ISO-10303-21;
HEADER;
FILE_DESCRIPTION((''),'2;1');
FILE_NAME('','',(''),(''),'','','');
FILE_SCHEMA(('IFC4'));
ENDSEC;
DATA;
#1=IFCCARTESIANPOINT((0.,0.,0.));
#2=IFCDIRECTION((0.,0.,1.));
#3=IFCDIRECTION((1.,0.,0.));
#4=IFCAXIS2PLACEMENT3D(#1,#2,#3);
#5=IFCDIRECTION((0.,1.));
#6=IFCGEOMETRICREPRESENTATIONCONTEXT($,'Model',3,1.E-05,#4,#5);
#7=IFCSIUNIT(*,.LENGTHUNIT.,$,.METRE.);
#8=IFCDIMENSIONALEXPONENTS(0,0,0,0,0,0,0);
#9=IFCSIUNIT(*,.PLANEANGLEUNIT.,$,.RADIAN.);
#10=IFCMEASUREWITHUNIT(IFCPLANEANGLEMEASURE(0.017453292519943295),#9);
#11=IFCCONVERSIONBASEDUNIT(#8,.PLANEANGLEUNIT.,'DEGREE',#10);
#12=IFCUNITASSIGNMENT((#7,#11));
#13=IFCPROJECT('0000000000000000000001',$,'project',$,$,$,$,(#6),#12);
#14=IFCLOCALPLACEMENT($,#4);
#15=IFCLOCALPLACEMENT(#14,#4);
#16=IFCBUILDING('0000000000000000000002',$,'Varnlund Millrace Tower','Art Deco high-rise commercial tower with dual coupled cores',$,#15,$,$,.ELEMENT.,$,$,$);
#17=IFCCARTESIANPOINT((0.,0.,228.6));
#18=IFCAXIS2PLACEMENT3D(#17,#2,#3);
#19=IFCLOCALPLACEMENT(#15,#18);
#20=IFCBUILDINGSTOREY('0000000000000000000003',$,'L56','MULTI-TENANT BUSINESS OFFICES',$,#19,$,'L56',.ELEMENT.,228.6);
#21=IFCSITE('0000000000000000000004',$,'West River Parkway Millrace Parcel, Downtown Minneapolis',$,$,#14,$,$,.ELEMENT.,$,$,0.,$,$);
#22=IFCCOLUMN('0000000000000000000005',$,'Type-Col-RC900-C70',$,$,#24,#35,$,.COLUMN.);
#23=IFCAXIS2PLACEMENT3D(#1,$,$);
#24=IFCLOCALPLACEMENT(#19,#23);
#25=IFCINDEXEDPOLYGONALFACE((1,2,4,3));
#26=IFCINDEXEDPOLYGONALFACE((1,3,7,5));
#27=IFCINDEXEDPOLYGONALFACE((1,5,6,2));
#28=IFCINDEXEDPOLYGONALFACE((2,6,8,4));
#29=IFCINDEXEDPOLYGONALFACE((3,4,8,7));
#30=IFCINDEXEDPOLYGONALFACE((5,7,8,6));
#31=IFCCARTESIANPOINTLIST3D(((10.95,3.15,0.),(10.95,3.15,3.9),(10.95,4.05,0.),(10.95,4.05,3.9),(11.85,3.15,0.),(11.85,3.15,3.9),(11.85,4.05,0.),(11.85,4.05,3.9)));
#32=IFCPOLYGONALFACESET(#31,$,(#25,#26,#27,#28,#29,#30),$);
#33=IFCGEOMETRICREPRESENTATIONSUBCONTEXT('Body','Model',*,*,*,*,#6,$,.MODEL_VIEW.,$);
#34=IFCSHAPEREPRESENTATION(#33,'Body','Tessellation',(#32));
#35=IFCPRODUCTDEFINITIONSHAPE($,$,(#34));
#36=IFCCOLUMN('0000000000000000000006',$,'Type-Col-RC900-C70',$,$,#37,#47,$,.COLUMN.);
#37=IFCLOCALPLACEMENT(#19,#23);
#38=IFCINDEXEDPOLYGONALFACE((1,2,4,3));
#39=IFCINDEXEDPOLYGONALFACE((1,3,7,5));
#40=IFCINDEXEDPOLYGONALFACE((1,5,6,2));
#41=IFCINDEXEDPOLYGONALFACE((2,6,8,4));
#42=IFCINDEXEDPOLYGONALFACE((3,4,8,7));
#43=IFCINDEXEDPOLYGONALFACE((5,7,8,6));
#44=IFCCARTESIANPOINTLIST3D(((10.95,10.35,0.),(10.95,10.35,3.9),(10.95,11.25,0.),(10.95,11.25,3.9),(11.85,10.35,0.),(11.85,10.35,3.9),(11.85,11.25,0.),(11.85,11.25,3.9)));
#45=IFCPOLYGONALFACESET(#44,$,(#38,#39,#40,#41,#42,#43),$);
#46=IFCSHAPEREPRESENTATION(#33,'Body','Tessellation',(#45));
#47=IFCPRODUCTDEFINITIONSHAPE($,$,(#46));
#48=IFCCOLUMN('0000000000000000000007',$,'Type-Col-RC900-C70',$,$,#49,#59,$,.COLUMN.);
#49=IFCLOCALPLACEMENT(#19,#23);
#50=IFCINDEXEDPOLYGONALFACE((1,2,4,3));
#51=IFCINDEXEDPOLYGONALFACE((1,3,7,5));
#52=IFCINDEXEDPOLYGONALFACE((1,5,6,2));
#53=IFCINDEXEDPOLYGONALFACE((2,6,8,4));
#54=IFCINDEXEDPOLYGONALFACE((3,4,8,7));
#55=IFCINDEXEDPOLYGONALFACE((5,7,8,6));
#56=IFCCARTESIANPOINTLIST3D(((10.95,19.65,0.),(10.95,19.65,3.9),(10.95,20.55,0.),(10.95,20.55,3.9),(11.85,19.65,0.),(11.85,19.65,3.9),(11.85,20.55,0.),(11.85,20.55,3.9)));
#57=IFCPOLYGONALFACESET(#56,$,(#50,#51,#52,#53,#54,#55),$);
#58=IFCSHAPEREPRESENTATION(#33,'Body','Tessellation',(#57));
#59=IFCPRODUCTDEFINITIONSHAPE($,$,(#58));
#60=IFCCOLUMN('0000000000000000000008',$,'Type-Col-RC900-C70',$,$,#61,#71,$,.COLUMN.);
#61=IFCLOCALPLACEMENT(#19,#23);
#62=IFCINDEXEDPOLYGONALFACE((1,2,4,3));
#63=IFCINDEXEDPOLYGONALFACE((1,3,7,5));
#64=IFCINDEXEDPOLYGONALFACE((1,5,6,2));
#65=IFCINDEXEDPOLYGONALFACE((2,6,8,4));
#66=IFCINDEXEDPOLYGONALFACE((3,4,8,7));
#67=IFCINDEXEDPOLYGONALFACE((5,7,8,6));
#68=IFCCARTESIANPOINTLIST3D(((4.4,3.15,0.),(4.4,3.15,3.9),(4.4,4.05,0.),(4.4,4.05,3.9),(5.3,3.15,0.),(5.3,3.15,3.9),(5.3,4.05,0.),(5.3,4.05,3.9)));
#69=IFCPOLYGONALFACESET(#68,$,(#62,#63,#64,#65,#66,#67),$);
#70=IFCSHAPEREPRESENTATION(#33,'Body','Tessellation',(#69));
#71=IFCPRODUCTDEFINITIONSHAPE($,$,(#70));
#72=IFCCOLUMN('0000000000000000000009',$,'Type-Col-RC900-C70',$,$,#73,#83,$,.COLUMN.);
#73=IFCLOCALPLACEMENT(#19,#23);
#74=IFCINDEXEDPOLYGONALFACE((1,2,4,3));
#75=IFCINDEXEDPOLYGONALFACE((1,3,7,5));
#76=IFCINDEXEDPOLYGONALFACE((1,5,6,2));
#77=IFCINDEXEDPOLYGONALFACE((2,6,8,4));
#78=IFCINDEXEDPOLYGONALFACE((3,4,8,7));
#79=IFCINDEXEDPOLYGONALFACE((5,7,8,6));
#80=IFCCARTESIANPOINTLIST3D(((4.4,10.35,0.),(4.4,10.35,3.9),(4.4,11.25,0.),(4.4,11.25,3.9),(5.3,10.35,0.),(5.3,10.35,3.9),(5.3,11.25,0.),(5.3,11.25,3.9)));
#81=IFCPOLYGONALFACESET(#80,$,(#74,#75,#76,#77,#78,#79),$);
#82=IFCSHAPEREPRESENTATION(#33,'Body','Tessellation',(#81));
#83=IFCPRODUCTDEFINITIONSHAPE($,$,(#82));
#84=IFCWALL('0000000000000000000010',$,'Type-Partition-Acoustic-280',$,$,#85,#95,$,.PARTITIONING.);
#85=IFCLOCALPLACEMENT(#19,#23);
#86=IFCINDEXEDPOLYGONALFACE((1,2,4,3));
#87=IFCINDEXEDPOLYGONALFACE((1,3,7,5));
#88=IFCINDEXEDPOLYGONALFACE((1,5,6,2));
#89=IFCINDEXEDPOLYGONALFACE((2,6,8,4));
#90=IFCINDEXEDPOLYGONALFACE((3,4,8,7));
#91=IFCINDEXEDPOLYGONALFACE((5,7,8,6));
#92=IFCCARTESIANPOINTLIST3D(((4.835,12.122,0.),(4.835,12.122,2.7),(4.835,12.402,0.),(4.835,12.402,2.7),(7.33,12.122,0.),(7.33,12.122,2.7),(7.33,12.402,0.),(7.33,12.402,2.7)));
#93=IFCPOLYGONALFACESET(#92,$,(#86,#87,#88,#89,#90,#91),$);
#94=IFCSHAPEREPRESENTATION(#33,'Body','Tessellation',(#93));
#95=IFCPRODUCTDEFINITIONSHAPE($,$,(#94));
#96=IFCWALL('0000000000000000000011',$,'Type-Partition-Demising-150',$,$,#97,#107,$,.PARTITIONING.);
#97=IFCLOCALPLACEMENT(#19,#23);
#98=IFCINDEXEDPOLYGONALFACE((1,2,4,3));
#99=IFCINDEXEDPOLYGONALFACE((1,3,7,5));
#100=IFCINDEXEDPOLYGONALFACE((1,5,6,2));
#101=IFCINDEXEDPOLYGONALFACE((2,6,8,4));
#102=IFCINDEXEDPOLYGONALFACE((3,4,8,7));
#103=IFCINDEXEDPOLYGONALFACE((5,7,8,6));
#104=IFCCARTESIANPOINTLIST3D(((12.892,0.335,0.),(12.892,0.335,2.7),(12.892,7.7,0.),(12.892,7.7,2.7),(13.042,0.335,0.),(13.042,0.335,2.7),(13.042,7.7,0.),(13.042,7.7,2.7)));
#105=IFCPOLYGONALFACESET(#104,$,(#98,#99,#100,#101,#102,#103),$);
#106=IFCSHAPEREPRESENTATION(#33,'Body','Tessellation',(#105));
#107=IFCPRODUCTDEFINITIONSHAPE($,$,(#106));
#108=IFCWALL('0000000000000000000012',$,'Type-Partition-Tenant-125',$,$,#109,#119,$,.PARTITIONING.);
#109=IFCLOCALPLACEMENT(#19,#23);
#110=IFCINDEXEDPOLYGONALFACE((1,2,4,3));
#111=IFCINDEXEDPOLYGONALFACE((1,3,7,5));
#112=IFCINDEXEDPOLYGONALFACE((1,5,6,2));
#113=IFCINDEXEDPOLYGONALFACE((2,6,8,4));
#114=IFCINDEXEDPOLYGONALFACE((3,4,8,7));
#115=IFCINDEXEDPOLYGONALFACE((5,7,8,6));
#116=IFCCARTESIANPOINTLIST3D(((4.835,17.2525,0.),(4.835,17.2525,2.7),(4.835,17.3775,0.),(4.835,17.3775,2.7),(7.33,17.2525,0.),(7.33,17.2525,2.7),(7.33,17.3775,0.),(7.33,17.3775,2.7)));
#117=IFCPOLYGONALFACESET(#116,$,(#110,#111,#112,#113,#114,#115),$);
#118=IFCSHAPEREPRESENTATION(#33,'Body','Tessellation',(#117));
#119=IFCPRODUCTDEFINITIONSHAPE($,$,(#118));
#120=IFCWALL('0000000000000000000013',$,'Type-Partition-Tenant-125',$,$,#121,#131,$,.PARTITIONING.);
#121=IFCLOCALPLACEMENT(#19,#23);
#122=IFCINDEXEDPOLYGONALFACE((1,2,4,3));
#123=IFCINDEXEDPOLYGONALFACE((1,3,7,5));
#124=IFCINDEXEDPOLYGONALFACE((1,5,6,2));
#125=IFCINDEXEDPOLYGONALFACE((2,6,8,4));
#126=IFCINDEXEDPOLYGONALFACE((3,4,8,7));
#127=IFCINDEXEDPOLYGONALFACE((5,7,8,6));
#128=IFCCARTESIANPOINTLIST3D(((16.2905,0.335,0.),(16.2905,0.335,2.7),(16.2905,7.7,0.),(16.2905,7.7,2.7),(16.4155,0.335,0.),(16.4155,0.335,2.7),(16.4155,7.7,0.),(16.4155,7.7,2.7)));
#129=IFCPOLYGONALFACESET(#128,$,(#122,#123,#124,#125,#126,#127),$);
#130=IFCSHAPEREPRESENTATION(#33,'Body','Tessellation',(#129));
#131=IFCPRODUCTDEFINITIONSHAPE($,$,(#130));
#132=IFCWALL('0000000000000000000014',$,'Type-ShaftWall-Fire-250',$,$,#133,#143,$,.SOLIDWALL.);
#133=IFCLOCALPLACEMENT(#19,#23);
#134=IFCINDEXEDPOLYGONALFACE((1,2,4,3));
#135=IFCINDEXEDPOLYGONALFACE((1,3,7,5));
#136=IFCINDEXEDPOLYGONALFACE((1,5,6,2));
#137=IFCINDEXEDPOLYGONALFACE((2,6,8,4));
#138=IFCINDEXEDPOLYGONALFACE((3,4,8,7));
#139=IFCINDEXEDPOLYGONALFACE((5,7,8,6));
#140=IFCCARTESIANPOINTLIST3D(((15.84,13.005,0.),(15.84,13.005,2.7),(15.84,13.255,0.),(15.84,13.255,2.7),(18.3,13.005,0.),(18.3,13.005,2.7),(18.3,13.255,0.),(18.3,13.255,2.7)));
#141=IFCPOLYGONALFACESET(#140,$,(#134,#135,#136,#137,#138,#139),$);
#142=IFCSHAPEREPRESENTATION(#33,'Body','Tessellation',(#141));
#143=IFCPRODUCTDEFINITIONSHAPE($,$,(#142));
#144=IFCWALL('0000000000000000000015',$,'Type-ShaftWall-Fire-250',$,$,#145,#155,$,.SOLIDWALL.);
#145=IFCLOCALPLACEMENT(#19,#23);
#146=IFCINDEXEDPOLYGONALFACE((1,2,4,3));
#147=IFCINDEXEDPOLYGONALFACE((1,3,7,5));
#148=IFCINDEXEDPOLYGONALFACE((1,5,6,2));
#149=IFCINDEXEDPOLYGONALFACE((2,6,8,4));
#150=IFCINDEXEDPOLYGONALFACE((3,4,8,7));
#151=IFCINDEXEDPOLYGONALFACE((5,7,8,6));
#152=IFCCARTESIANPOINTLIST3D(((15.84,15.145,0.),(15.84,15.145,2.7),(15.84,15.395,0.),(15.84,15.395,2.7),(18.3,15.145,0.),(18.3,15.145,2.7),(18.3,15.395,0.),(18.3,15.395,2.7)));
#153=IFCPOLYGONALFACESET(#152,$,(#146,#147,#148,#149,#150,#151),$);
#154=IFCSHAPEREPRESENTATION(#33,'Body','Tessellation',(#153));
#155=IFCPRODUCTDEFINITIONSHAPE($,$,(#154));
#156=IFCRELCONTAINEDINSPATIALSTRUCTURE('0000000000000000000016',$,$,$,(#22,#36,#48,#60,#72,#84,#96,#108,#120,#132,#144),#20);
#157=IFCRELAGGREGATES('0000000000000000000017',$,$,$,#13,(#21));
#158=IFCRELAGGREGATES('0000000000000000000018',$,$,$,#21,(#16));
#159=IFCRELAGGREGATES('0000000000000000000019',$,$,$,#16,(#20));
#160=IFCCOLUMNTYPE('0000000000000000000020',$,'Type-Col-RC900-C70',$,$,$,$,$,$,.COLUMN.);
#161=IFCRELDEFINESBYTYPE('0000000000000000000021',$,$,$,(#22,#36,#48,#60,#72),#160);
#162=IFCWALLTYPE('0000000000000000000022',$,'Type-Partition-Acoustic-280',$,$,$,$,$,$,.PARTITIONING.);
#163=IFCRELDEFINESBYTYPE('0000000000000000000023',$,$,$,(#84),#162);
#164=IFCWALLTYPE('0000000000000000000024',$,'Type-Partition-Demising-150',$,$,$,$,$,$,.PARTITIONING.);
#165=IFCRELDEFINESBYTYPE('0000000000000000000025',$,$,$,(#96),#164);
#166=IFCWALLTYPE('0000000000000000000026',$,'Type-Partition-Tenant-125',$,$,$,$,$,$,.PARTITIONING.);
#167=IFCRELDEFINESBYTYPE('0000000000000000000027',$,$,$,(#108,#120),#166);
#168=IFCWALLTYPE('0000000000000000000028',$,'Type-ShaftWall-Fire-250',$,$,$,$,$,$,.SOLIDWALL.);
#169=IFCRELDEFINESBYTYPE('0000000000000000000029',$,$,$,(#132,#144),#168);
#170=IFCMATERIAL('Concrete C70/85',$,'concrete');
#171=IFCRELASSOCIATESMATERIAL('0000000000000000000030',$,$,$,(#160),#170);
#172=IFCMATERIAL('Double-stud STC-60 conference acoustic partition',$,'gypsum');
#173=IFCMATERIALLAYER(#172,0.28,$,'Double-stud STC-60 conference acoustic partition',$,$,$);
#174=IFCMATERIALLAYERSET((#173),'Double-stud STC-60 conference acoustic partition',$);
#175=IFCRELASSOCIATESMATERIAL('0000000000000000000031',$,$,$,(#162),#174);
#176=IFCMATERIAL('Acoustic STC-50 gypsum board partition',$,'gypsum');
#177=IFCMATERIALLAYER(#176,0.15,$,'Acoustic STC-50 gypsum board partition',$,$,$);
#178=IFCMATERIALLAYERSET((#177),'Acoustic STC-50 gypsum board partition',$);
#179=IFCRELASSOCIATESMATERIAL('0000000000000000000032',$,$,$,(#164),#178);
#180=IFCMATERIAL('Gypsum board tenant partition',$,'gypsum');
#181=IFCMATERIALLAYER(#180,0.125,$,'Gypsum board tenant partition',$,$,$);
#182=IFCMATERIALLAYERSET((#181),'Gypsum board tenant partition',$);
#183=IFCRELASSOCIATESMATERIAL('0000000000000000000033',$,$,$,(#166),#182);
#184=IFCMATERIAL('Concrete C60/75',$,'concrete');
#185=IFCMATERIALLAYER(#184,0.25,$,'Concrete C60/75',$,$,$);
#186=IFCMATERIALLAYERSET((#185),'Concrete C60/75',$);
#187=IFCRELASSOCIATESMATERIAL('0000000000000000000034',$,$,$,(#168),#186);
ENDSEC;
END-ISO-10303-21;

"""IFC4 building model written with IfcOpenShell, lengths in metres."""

from ifc_helpers import new_model, entity, si_unit, converted_unit, direction, frame, origin_with_axes, origin_2d_with_axis, place, context, subcontext, project, spatial, polyline, rectangle, outline, extrude, material, layer, layer_set, material_profile, profile_set, type_object, element, save


model = new_model("IFC4")

# Units and contexts
model_context = context("Model", 3, precision=1e-05, world=origin_with_axes(), true_north=direction((0.0, 1.0)))
body_context = subcontext(model_context, "Body", "Model", "MODEL_VIEW")
ifc_project = project(units=[si_unit("LENGTHUNIT", "METRE"), converted_unit("PLANEANGLEUNIT", "DEGREE", entity("IfcPlaneAngleMeasure", 0.017453292519943295), si_unit("PLANEANGLEUNIT", "RADIAN"), dimensions=[0, 0, 0, 0, 0, 0, 0])], contexts=[model_context])

# Site, building, storey
site_placement = place(None, origin_with_axes())
site = spatial("IfcSite", under=ifc_project, at=site_placement, Name="West River Parkway Millrace Parcel, Downtown Minneapolis", CompositionType="ELEMENT", RefElevation=0.0)
building_placement = place(site_placement, origin_with_axes())
building = spatial("IfcBuilding", under=site, at=building_placement, Name="Varnlund Millrace Tower", Description="Art Deco high-rise commercial tower with dual coupled cores", CompositionType="ELEMENT")
storey_placement = place(building_placement, frame((0.0, 0.0, 228.6), z_axis=(0.0, 0.0, 1.0), x_axis=(1.0, 0.0, 0.0)))
storey = spatial("IfcBuildingStorey", under=building, at=storey_placement, Name="L56", Description="MULTI-TENANT BUSINESS OFFICES", LongName="L56", CompositionType="ELEMENT", Elevation=228.6)

# Columns
ifc_material_1 = material(Name="Concrete C70/85", Category="concrete")
ifc_material_profile = material_profile(ifc_material_1, rectangle(XDim=0.9, YDim=0.9, at=origin_2d_with_axis()), Name="Concrete C70/85")
ifc_profile_set = profile_set([ifc_material_profile], Name="Concrete C70/85")
column_type = type_object("IfcColumnType", Name="Type-Col-RC900-C70", PredefinedType="COLUMN", material=ifc_profile_set)
for number, where, z_axis, x_axis, name in (
    (1, (11.4, 3.6, 0.0), (0.0, 0.0, 1.0), (1.0, 0.0, 0.0), "Type-Col-RC900-C70"),
    (2, (11.4, 10.8, 0.0), (0.0, 0.0, 1.0), (1.0, 0.0, 0.0), "Type-Col-RC900-C70"),
    (3, (11.4, 20.1, 0.0), (0.0, 0.0, 1.0), (1.0, 0.0, 0.0), "Type-Col-RC900-C70"),
    (4, (4.85, 3.6, 0.0), (0.0, 0.0, 1.0), (1.0, 0.0, 0.0), "Type-Col-RC900-C70"),
    (5, (4.85, 10.8, 0.0), (0.0, 0.0, 1.0), (1.0, 0.0, 0.0), "Type-Col-RC900-C70"),
):
    element("IfcColumn", number, at=place(storey_placement, frame(where, z_axis=z_axis, x_axis=x_axis)), inside=storey, type_object=column_type, Name=name, PredefinedType="COLUMN", context=body_context, shape_type="SweptSolid", body=[
        extrude(rectangle(XDim=0.9, YDim=0.9, at=origin_2d_with_axis()), origin_with_axes(), (0.0, 0.0, 1.0), 3.9),
    ])

# Wall
ifc_material_2 = material(Name="Double-stud STC-60 conference acoustic partition", Category="gypsum")
ifc_layer_1 = layer(ifc_material_2, 0.28, Name="Double-stud STC-60 conference acoustic partition")
ifc_layer_set_1 = layer_set([ifc_layer_1], Name="Double-stud STC-60 conference acoustic partition")
wall_type_1 = type_object("IfcWallType", Name="Type-Partition-Acoustic-280", PredefinedType="PARTITIONING", material=ifc_layer_set_1)
wall_1_placement = place(storey_placement, frame((4.835, 12.262, 0.0), z_axis=(0.0, 0.0, 1.0), x_axis=(1.0, 0.0, 0.0)))
element("IfcWall", 6, at=wall_1_placement, inside=storey, type_object=wall_type_1, Name="Type-Partition-Acoustic-280", PredefinedType="PARTITIONING", context=body_context, shape_type="SweptSolid", body=[
    extrude(outline(polyline([(0.0, -0.14), (2.495, -0.14), (2.495, 0.14), (0.0, 0.14), (0.0, -0.14)])), origin_with_axes(), (0.0, 0.0, 1.0), 2.7),
])

# Wall
ifc_material_3 = material(Name="Acoustic STC-50 gypsum board partition", Category="gypsum")
ifc_layer_2 = layer(ifc_material_3, 0.15, Name="Acoustic STC-50 gypsum board partition")
ifc_layer_set_2 = layer_set([ifc_layer_2], Name="Acoustic STC-50 gypsum board partition")
wall_type_2 = type_object("IfcWallType", Name="Type-Partition-Demising-150", PredefinedType="PARTITIONING", material=ifc_layer_set_2)
wall_2_placement = place(storey_placement, frame((12.967, 0.335, 0.0), z_axis=(0.0, 0.0, 1.0), x_axis=(0.0, 1.0, 0.0)))
element("IfcWall", 7, at=wall_2_placement, inside=storey, type_object=wall_type_2, Name="Type-Partition-Demising-150", PredefinedType="PARTITIONING", context=body_context, shape_type="SweptSolid", body=[
    extrude(outline(polyline([(0.0, -0.075), (7.365, -0.075), (7.365, 0.075), (0.0, 0.075), (0.0, -0.075)])), origin_with_axes(), (0.0, 0.0, 1.0), 2.7),
])

# Walls
ifc_material_4 = material(Name="Gypsum board tenant partition", Category="gypsum")
ifc_layer_3 = layer(ifc_material_4, 0.125, Name="Gypsum board tenant partition")
ifc_layer_set_3 = layer_set([ifc_layer_3], Name="Gypsum board tenant partition")
wall_type_3 = type_object("IfcWallType", Name="Type-Partition-Tenant-125", PredefinedType="PARTITIONING", material=ifc_layer_set_3)
wall_3_placement = place(storey_placement, frame((4.835, 17.315, 0.0), z_axis=(0.0, 0.0, 1.0), x_axis=(1.0, 0.0, 0.0)))
element("IfcWall", 8, at=wall_3_placement, inside=storey, type_object=wall_type_3, Name="Type-Partition-Tenant-125", PredefinedType="PARTITIONING", context=body_context, shape_type="SweptSolid", body=[
    extrude(outline(polyline([(0.0, -0.0625), (2.495, -0.0625), (2.495, 0.0625), (0.0, 0.0625), (0.0, -0.0625)])), origin_with_axes(), (0.0, 0.0, 1.0), 2.7),
])
wall_4_placement = place(storey_placement, frame((16.353, 0.335, 0.0), z_axis=(0.0, 0.0, 1.0), x_axis=(0.0, 1.0, 0.0)))
element("IfcWall", 9, at=wall_4_placement, inside=storey, type_object=wall_type_3, Name="Type-Partition-Tenant-125", PredefinedType="PARTITIONING", context=body_context, shape_type="SweptSolid", body=[
    extrude(outline(polyline([(0.0, -0.0625), (7.365, -0.0625), (7.365, 0.0625), (0.0, 0.0625), (0.0, -0.0625)])), origin_with_axes(), (0.0, 0.0, 1.0), 2.7),
])
ifc_material_5 = material(Name="Concrete C60/75", Category="concrete")
ifc_layer_4 = layer(ifc_material_5, 0.25, Name="Concrete C60/75")
ifc_layer_set_4 = layer_set([ifc_layer_4], Name="Concrete C60/75")
wall_type_4 = type_object("IfcWallType", Name="Type-ShaftWall-Fire-250", PredefinedType="SOLIDWALL", material=ifc_layer_set_4)
for number, where, z_axis, x_axis, name in (
    (10, (15.84, 13.13, 0.0), (0.0, 0.0, 1.0), (1.0, 0.0, 0.0), "Type-ShaftWall-Fire-250"),
    (11, (15.84, 15.27, 0.0), (0.0, 0.0, 1.0), (1.0, 0.0, 0.0), "Type-ShaftWall-Fire-250"),
):
    element("IfcWall", number, at=place(storey_placement, frame(where, z_axis=z_axis, x_axis=x_axis)), inside=storey, type_object=wall_type_4, Name=name, PredefinedType="SOLIDWALL", context=body_context, shape_type="SweptSolid", body=[
        extrude(outline(polyline([(0.0, -0.125), (2.46, -0.125), (2.46, 0.125), (0.0, 0.125), (0.0, -0.125)])), origin_with_axes(), (0.0, 0.0, 1.0), 2.7),
    ])

save(model, "model.ifc")
